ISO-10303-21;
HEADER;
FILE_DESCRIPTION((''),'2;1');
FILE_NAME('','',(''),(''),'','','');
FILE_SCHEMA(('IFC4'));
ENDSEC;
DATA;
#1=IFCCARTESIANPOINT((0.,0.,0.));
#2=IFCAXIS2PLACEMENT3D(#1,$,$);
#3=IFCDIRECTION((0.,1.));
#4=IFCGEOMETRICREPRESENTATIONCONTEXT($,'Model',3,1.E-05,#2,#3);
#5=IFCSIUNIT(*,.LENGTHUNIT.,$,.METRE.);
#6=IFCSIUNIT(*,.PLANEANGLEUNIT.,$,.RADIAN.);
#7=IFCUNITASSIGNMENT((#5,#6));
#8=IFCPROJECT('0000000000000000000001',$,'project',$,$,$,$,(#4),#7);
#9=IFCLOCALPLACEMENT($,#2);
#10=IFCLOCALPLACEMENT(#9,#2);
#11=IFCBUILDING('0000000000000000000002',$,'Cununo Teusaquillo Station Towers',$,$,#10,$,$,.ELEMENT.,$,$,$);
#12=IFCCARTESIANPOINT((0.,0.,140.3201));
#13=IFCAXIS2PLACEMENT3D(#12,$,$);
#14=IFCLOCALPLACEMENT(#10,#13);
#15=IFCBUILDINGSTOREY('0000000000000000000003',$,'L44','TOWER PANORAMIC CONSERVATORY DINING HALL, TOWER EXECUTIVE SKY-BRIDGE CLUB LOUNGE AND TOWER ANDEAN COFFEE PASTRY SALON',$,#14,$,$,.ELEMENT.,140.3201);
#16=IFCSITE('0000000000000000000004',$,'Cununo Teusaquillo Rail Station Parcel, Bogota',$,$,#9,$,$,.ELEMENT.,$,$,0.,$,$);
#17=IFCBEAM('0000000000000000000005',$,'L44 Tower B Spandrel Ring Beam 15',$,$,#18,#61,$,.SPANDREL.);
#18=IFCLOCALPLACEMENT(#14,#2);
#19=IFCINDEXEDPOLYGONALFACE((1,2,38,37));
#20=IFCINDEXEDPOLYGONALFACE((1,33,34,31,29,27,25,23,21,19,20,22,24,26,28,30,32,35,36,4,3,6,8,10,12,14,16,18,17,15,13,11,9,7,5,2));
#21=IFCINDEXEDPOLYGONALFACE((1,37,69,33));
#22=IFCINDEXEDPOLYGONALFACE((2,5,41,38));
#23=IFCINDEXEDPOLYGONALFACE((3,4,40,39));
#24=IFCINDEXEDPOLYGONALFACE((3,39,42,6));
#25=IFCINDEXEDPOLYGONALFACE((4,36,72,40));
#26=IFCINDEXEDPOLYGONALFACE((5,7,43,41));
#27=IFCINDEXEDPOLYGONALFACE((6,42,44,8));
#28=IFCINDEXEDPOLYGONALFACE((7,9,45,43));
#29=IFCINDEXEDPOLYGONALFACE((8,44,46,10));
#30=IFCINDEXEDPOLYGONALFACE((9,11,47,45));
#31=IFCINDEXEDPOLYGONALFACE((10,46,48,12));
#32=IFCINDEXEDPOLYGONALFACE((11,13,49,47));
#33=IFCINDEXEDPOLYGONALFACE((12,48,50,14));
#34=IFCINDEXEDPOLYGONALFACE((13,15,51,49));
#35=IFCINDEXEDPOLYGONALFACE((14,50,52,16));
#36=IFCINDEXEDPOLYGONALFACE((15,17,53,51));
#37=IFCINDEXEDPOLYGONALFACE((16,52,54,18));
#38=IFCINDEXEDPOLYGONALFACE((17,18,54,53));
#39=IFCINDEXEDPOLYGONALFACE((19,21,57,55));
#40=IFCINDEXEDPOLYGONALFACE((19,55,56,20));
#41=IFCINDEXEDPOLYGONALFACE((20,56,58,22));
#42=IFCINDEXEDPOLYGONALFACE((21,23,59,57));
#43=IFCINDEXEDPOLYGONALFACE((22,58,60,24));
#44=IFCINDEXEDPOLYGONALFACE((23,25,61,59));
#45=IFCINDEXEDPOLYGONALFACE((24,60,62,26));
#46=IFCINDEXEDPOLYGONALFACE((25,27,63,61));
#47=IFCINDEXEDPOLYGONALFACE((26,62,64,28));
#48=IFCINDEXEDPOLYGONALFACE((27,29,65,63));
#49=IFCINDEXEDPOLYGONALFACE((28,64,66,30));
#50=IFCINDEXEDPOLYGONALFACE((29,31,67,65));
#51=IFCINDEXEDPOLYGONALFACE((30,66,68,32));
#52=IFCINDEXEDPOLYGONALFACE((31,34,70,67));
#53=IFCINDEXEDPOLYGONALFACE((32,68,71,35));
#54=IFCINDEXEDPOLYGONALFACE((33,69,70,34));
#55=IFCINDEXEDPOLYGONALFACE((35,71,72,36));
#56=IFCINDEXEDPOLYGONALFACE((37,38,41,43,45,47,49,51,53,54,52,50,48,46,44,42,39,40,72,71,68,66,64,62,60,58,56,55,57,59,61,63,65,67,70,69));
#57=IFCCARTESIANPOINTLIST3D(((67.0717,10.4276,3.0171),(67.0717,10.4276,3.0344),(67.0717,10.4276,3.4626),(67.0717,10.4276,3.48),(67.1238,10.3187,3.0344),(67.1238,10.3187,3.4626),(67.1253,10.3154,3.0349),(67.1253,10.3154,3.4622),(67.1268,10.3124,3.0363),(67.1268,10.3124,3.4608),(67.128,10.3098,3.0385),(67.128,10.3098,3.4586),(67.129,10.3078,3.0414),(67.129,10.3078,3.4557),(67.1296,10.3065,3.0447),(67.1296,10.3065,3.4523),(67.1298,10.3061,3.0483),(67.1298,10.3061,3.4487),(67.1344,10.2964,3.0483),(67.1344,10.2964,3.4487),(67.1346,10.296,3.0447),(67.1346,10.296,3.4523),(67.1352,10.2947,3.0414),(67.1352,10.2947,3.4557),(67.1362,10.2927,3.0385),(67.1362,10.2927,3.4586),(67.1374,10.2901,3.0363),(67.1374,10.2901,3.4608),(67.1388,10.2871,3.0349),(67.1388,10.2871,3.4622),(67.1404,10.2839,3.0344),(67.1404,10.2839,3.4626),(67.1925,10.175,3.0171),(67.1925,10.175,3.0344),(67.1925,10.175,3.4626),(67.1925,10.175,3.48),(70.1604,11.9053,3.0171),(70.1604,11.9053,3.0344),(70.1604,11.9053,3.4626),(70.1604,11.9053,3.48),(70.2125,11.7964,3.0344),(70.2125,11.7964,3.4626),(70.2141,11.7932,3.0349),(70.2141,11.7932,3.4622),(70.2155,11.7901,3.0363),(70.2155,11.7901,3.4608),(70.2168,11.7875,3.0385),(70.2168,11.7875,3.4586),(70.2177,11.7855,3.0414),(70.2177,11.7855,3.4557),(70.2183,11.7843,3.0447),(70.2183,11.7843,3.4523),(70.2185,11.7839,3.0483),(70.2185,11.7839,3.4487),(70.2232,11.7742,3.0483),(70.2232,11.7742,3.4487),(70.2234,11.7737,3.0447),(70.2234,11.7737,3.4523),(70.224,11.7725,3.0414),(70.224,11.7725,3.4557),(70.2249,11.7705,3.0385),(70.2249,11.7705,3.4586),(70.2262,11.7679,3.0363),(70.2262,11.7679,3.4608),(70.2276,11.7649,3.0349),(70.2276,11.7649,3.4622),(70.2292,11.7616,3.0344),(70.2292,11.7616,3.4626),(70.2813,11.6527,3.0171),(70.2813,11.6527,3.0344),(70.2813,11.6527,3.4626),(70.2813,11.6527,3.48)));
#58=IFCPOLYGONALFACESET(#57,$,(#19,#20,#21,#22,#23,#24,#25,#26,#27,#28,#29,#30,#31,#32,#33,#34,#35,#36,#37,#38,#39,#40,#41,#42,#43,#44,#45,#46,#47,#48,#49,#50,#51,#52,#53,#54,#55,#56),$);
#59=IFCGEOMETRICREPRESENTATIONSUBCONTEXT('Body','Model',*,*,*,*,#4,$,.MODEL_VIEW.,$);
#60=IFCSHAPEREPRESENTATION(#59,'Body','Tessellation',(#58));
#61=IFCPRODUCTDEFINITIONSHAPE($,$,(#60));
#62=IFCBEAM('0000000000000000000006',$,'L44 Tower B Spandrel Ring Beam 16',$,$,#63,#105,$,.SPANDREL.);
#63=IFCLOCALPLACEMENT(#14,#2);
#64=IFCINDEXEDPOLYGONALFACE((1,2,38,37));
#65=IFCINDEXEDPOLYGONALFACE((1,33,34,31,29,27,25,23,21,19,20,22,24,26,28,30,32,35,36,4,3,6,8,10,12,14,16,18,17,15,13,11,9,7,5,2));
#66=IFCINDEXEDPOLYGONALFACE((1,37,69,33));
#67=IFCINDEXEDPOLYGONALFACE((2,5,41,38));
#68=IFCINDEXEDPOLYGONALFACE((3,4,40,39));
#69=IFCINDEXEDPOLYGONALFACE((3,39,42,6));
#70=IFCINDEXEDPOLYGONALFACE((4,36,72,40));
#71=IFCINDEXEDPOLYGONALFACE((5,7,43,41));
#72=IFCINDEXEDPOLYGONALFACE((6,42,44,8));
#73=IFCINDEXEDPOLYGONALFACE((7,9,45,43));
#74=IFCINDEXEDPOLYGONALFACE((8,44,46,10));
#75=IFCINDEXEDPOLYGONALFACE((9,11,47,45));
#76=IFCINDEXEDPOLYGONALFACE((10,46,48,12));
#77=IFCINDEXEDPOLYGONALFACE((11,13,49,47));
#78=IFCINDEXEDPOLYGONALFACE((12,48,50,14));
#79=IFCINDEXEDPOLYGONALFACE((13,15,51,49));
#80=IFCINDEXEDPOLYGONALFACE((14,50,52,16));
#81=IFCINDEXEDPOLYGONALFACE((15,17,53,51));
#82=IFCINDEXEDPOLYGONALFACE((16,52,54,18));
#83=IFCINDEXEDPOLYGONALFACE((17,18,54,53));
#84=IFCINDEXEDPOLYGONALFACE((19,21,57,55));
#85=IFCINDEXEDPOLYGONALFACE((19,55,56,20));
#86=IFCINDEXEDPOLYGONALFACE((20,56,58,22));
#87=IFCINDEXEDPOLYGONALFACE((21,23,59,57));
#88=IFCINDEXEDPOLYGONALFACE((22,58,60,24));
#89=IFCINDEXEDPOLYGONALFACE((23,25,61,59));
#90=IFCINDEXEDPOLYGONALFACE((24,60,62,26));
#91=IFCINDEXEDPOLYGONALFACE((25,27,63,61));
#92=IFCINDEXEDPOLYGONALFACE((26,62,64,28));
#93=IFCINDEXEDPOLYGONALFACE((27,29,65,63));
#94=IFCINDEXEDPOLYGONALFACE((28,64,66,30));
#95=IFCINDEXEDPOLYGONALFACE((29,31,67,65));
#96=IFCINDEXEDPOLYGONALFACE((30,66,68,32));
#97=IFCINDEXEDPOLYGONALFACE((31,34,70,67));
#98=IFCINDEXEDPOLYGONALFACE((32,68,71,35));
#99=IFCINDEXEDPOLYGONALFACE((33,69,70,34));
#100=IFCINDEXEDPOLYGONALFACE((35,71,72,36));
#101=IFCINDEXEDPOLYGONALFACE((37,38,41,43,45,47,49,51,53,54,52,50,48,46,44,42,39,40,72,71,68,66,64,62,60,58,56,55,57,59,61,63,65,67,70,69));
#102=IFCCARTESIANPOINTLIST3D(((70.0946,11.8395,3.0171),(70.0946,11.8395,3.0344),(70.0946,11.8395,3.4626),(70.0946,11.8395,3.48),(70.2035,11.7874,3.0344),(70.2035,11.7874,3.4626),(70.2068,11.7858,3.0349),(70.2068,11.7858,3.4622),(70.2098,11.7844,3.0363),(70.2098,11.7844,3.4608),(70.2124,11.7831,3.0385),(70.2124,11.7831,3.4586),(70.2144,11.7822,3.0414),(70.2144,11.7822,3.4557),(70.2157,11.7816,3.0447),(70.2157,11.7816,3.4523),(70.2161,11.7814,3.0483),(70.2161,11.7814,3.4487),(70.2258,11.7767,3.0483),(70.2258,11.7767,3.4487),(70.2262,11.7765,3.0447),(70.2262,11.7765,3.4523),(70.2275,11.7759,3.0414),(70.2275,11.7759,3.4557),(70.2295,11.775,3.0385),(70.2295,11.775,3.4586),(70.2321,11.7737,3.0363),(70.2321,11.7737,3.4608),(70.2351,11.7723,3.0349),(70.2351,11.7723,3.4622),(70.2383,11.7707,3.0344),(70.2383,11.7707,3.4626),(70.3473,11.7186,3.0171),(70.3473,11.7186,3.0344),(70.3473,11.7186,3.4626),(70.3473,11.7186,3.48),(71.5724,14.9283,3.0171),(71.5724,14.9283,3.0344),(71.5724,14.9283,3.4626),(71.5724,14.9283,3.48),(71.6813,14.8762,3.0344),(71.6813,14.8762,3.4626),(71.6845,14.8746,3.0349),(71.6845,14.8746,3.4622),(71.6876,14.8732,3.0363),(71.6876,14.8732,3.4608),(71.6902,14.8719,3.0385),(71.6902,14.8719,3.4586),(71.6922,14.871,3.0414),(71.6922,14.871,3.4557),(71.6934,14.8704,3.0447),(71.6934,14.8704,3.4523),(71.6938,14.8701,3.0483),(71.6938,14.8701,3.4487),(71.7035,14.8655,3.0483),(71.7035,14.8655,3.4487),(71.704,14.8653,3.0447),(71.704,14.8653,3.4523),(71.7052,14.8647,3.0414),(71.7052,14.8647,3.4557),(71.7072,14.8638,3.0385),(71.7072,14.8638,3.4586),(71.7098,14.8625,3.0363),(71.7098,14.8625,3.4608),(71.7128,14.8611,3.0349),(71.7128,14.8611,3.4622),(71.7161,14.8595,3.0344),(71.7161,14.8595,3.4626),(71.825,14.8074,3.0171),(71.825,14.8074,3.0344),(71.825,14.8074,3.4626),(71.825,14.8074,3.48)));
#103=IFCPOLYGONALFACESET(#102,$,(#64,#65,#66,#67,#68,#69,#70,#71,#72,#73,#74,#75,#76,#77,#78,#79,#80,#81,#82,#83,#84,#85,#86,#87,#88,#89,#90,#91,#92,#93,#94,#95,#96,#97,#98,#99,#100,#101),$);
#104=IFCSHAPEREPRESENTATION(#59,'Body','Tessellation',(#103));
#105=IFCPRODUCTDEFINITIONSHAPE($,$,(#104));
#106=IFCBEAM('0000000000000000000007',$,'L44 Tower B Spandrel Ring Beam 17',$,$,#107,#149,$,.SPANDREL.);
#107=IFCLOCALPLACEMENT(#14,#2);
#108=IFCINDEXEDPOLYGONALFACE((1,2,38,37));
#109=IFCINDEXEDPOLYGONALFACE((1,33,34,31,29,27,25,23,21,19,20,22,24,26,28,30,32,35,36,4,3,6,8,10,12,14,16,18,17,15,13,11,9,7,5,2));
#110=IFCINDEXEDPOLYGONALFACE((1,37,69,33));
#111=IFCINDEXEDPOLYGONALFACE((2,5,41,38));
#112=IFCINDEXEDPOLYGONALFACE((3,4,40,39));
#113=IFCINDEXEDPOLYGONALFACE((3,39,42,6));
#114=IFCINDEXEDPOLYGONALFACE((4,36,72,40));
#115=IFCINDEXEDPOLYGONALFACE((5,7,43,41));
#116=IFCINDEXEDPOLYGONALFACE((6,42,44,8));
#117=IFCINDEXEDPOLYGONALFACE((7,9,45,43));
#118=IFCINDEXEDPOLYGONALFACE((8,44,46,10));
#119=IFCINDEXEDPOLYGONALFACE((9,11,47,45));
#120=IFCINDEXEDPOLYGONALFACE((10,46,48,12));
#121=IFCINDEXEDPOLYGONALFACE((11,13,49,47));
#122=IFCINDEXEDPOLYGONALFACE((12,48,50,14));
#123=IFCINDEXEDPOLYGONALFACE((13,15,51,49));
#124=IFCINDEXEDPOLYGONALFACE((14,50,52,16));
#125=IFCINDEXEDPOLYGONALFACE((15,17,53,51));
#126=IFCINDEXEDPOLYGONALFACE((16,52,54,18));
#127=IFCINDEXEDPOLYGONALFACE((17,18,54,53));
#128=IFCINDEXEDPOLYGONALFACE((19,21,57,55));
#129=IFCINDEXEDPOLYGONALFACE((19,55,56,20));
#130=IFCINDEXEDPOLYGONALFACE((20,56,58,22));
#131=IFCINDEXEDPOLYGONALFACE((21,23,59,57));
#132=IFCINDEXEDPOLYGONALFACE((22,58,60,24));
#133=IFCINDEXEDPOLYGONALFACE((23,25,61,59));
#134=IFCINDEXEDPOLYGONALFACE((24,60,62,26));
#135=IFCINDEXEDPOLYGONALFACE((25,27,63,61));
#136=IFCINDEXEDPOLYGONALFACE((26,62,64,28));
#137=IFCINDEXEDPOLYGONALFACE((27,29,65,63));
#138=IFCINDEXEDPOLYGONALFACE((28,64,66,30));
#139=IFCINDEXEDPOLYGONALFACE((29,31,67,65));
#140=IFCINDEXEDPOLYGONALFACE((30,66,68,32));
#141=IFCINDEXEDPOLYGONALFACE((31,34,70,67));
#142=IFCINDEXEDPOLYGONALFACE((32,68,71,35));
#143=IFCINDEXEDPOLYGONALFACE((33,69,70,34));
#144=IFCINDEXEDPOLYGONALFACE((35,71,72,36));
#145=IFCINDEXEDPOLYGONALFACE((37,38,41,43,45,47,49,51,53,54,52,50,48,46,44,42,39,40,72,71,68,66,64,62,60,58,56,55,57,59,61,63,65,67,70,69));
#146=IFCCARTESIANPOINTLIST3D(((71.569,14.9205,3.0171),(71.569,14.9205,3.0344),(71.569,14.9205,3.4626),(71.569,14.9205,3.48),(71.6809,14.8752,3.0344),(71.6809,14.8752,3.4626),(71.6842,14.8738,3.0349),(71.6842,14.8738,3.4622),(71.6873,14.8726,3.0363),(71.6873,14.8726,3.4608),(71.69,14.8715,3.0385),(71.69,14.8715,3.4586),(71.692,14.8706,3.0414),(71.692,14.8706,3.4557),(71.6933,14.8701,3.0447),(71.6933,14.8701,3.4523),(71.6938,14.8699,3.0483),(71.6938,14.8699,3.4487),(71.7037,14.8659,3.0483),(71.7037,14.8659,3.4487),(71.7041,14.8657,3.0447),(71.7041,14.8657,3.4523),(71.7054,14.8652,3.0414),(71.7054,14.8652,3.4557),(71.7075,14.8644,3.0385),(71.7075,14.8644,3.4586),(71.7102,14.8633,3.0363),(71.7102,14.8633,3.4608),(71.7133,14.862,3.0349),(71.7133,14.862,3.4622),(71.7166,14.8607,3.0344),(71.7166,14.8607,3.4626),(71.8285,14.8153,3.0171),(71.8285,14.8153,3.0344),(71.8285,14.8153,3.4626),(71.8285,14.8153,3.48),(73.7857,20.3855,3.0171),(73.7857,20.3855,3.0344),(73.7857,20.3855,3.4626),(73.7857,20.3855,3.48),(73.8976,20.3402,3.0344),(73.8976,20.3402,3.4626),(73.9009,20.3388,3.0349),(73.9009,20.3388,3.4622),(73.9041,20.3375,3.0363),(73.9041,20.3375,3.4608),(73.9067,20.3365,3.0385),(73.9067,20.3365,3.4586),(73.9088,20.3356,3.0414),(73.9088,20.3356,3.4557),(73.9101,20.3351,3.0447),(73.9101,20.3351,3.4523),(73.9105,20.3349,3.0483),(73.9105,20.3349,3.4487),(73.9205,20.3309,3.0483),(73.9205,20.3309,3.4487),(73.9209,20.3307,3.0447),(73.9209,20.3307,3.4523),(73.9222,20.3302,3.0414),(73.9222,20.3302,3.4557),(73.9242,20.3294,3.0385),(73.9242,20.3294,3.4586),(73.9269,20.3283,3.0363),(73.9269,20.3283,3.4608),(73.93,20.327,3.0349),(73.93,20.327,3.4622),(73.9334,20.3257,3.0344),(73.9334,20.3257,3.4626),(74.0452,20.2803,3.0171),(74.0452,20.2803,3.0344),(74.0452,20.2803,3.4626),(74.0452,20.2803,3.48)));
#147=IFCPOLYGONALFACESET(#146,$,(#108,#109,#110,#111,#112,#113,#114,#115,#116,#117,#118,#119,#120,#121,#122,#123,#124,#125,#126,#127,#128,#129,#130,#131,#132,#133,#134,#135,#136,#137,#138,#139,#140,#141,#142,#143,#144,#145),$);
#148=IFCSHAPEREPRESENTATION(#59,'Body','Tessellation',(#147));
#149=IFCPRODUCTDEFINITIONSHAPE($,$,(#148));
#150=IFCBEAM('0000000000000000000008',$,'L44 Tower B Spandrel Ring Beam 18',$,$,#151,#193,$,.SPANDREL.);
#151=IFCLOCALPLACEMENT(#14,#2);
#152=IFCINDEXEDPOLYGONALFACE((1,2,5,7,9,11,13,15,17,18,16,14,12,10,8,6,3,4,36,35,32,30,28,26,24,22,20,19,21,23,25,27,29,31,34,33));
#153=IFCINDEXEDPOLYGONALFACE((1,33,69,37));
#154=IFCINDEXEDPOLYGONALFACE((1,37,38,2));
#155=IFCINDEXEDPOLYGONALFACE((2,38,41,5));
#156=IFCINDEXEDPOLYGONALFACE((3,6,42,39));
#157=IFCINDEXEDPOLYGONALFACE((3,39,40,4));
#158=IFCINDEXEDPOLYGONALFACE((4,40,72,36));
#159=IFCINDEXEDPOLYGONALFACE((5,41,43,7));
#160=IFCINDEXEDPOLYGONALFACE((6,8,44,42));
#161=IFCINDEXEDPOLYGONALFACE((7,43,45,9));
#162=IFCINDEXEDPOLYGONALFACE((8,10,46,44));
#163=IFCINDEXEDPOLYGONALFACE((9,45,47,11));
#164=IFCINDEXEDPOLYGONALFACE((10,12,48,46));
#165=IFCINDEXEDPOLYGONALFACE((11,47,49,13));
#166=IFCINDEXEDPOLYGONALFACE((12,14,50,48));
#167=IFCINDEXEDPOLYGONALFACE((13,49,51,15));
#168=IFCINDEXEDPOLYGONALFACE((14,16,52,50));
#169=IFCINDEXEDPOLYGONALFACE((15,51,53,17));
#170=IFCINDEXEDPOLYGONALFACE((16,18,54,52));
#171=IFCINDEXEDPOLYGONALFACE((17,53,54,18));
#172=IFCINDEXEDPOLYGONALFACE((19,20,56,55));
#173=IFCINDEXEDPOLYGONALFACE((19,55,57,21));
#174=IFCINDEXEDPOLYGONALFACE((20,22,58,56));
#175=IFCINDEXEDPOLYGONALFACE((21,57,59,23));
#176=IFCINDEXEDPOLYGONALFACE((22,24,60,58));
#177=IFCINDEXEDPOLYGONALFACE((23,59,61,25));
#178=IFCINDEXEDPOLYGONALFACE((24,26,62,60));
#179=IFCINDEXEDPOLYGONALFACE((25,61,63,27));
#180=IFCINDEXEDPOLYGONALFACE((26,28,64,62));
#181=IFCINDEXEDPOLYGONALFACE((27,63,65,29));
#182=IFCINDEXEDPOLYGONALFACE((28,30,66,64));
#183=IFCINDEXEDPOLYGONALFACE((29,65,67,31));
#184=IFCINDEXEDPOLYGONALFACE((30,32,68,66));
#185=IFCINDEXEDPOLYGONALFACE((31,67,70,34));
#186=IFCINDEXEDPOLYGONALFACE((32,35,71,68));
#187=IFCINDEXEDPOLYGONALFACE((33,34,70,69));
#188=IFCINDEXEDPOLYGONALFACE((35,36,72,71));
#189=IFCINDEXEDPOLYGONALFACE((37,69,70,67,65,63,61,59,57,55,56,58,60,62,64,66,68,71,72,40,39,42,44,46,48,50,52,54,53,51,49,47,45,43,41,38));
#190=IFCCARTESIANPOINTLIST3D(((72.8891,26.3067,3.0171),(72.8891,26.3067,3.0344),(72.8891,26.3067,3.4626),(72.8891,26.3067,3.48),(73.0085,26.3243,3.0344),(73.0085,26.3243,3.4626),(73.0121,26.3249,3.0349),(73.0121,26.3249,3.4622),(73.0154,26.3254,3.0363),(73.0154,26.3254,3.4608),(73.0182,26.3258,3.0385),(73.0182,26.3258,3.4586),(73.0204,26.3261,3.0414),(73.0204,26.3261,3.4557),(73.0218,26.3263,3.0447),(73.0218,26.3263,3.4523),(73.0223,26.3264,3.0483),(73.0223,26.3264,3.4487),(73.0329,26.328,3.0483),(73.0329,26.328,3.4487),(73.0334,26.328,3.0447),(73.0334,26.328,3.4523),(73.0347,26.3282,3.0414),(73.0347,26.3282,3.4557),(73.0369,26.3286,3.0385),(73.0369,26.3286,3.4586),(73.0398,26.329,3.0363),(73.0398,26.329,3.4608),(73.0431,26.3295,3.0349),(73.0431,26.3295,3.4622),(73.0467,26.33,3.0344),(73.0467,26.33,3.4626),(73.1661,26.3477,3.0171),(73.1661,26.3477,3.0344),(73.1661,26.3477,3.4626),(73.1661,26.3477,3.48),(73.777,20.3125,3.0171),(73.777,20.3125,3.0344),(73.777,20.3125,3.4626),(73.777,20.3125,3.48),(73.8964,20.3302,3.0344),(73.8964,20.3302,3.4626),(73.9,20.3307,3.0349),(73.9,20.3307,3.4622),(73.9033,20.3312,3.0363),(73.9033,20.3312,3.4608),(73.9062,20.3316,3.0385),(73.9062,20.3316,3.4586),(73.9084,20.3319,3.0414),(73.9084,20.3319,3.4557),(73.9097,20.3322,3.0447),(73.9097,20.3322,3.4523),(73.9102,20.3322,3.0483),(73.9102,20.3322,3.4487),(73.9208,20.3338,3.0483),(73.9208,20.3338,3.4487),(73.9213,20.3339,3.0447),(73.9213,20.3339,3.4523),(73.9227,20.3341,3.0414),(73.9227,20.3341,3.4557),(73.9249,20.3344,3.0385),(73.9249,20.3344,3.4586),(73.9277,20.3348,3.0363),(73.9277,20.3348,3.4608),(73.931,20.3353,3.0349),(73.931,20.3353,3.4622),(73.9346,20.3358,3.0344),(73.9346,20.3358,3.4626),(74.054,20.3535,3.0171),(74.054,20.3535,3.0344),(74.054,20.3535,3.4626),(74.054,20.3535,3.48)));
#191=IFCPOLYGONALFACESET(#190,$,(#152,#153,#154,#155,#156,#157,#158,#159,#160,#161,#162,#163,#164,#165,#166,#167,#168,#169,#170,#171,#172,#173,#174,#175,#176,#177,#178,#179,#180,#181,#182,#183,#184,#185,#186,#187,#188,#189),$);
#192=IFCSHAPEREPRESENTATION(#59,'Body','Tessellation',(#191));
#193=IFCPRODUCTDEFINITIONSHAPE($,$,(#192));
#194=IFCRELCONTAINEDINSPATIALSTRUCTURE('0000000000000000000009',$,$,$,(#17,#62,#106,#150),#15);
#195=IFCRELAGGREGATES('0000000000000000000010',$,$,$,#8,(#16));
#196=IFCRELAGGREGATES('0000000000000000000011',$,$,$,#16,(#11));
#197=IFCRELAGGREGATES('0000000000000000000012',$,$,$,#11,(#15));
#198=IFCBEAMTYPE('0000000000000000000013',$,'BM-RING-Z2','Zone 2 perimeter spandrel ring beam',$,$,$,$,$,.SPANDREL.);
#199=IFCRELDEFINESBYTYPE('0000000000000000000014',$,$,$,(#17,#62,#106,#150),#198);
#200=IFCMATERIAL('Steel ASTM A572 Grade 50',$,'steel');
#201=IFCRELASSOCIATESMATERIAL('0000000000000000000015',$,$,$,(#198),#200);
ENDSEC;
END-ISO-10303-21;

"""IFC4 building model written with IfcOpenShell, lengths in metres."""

from ifc_helpers import new_model, si_unit, direction, frame, origin, origin_2d, place, context, subcontext, project, spatial, i_section, extrude, material, material_profile, profile_set, type_object, element, save


model = new_model("IFC4")

# Units and contexts
model_context = context("Model", 3, precision=1e-05, world=origin(), true_north=direction((0.0, 1.0)))
body_context = subcontext(model_context, "Body", "Model", "MODEL_VIEW")
ifc_project = project(units=[si_unit("LENGTHUNIT", "METRE"), si_unit("PLANEANGLEUNIT", "RADIAN")], contexts=[model_context])

# Site, building, storey
site_placement = place(None, origin())
site = spatial("IfcSite", under=ifc_project, at=site_placement, Name="Cununo Teusaquillo Rail Station Parcel, Bogota", CompositionType="ELEMENT", RefElevation=0.0)
building_placement = place(site_placement, origin())
building = spatial("IfcBuilding", under=site, at=building_placement, Name="Cununo Teusaquillo Station Towers", CompositionType="ELEMENT")
storey_placement = place(building_placement, frame((0.0, 0.0, 140.3201)))
storey = spatial("IfcBuildingStorey", under=building, at=storey_placement, Name="L44", Description="TOWER PANORAMIC CONSERVATORY DINING HALL, TOWER EXECUTIVE SKY-BRIDGE CLUB LOUNGE AND TOWER ANDEAN COFFEE PASTRY SALON", CompositionType="ELEMENT", Elevation=140.3201)

# Beams
ifc_material_1 = material(Name="Steel ASTM A572 Grade 50", Category="steel")
ifc_material_profile_1 = material_profile(ifc_material_1, i_section(OverallWidth=0.28, OverallDepth=0.4629, WebThickness=0.0107, FlangeThickness=0.0173, FilletRadius=0.0139, at=origin_2d()), Name="W18X76")
ifc_profile_set_1 = profile_set([ifc_material_profile_1], Name="Steel ASTM A572 Grade 50")
beam_type_1 = type_object("IfcBeamType", Name="BM-RING-Z2", Description="Zone 2 perimeter spandrel ring beam", PredefinedType="SPANDREL", material=ifc_profile_set_1)
for number, where, z_axis, x_axis, name in (
    (1, (67.1321, 10.3013, 3.2485), (0.902078, 0.431574, 0.0), (-0.431574, 0.902078, 0.0), "L44 Tower B Spandrel Ring Beam 15"),
    (2, (70.2209, 11.7791, 3.2485), (0.431574, 0.902078, 0.0), (-0.902078, 0.431574, 0.0), "L44 Tower B Spandrel Ring Beam 16"),
):
    element("IfcBeam", number, at=place(storey_placement, frame(where, z_axis=z_axis, x_axis=x_axis)), inside=storey, type_object=beam_type_1, Name=name, PredefinedType="SPANDREL", context=body_context, shape_type="SweptSolid", body=[
        extrude(i_section(OverallWidth=0.28, OverallDepth=0.4629, WebThickness=0.0107, FlangeThickness=0.0173, FilletRadius=0.0139, at=origin_2d()), origin(), (0.0, 0.0, 1.0), 3.4241),
    ])
beam_1_placement = place(storey_placement, frame((71.6987, 14.8679, 3.2485), z_axis=(0.375883, 0.926667, 0.0), x_axis=(-0.926667, 0.375883, 0.0)))
element("IfcBeam", 3, at=beam_1_placement, inside=storey, type_object=beam_type_1, Name="L44 Tower B Spandrel Ring Beam 17", PredefinedType="SPANDREL", context=body_context, shape_type="SweptSolid", body=[
    extrude(i_section(OverallWidth=0.28, OverallDepth=0.4629, WebThickness=0.0107, FlangeThickness=0.0173, FilletRadius=0.0139, at=origin_2d()), origin(), (0.0, 0.0, 1.0), 5.8975),
])
beam_2_placement = place(storey_placement, frame((73.9155, 20.333, 3.2485), z_axis=(-0.146536, 0.989205, 0.0), x_axis=(-0.989205, -0.146536, 0.0)))
element("IfcBeam", 4, at=beam_2_placement, inside=storey, type_object=beam_type_1, Name="L44 Tower B Spandrel Ring Beam 18", PredefinedType="SPANDREL", context=body_context, shape_type="SweptSolid", body=[
    extrude(i_section(OverallWidth=0.28, OverallDepth=0.4629, WebThickness=0.0107, FlangeThickness=0.0173, FilletRadius=0.0139, at=origin_2d()), origin(), (0.0, 0.0, 1.0), 6.0596),
])

save(model, "model.ifc")
